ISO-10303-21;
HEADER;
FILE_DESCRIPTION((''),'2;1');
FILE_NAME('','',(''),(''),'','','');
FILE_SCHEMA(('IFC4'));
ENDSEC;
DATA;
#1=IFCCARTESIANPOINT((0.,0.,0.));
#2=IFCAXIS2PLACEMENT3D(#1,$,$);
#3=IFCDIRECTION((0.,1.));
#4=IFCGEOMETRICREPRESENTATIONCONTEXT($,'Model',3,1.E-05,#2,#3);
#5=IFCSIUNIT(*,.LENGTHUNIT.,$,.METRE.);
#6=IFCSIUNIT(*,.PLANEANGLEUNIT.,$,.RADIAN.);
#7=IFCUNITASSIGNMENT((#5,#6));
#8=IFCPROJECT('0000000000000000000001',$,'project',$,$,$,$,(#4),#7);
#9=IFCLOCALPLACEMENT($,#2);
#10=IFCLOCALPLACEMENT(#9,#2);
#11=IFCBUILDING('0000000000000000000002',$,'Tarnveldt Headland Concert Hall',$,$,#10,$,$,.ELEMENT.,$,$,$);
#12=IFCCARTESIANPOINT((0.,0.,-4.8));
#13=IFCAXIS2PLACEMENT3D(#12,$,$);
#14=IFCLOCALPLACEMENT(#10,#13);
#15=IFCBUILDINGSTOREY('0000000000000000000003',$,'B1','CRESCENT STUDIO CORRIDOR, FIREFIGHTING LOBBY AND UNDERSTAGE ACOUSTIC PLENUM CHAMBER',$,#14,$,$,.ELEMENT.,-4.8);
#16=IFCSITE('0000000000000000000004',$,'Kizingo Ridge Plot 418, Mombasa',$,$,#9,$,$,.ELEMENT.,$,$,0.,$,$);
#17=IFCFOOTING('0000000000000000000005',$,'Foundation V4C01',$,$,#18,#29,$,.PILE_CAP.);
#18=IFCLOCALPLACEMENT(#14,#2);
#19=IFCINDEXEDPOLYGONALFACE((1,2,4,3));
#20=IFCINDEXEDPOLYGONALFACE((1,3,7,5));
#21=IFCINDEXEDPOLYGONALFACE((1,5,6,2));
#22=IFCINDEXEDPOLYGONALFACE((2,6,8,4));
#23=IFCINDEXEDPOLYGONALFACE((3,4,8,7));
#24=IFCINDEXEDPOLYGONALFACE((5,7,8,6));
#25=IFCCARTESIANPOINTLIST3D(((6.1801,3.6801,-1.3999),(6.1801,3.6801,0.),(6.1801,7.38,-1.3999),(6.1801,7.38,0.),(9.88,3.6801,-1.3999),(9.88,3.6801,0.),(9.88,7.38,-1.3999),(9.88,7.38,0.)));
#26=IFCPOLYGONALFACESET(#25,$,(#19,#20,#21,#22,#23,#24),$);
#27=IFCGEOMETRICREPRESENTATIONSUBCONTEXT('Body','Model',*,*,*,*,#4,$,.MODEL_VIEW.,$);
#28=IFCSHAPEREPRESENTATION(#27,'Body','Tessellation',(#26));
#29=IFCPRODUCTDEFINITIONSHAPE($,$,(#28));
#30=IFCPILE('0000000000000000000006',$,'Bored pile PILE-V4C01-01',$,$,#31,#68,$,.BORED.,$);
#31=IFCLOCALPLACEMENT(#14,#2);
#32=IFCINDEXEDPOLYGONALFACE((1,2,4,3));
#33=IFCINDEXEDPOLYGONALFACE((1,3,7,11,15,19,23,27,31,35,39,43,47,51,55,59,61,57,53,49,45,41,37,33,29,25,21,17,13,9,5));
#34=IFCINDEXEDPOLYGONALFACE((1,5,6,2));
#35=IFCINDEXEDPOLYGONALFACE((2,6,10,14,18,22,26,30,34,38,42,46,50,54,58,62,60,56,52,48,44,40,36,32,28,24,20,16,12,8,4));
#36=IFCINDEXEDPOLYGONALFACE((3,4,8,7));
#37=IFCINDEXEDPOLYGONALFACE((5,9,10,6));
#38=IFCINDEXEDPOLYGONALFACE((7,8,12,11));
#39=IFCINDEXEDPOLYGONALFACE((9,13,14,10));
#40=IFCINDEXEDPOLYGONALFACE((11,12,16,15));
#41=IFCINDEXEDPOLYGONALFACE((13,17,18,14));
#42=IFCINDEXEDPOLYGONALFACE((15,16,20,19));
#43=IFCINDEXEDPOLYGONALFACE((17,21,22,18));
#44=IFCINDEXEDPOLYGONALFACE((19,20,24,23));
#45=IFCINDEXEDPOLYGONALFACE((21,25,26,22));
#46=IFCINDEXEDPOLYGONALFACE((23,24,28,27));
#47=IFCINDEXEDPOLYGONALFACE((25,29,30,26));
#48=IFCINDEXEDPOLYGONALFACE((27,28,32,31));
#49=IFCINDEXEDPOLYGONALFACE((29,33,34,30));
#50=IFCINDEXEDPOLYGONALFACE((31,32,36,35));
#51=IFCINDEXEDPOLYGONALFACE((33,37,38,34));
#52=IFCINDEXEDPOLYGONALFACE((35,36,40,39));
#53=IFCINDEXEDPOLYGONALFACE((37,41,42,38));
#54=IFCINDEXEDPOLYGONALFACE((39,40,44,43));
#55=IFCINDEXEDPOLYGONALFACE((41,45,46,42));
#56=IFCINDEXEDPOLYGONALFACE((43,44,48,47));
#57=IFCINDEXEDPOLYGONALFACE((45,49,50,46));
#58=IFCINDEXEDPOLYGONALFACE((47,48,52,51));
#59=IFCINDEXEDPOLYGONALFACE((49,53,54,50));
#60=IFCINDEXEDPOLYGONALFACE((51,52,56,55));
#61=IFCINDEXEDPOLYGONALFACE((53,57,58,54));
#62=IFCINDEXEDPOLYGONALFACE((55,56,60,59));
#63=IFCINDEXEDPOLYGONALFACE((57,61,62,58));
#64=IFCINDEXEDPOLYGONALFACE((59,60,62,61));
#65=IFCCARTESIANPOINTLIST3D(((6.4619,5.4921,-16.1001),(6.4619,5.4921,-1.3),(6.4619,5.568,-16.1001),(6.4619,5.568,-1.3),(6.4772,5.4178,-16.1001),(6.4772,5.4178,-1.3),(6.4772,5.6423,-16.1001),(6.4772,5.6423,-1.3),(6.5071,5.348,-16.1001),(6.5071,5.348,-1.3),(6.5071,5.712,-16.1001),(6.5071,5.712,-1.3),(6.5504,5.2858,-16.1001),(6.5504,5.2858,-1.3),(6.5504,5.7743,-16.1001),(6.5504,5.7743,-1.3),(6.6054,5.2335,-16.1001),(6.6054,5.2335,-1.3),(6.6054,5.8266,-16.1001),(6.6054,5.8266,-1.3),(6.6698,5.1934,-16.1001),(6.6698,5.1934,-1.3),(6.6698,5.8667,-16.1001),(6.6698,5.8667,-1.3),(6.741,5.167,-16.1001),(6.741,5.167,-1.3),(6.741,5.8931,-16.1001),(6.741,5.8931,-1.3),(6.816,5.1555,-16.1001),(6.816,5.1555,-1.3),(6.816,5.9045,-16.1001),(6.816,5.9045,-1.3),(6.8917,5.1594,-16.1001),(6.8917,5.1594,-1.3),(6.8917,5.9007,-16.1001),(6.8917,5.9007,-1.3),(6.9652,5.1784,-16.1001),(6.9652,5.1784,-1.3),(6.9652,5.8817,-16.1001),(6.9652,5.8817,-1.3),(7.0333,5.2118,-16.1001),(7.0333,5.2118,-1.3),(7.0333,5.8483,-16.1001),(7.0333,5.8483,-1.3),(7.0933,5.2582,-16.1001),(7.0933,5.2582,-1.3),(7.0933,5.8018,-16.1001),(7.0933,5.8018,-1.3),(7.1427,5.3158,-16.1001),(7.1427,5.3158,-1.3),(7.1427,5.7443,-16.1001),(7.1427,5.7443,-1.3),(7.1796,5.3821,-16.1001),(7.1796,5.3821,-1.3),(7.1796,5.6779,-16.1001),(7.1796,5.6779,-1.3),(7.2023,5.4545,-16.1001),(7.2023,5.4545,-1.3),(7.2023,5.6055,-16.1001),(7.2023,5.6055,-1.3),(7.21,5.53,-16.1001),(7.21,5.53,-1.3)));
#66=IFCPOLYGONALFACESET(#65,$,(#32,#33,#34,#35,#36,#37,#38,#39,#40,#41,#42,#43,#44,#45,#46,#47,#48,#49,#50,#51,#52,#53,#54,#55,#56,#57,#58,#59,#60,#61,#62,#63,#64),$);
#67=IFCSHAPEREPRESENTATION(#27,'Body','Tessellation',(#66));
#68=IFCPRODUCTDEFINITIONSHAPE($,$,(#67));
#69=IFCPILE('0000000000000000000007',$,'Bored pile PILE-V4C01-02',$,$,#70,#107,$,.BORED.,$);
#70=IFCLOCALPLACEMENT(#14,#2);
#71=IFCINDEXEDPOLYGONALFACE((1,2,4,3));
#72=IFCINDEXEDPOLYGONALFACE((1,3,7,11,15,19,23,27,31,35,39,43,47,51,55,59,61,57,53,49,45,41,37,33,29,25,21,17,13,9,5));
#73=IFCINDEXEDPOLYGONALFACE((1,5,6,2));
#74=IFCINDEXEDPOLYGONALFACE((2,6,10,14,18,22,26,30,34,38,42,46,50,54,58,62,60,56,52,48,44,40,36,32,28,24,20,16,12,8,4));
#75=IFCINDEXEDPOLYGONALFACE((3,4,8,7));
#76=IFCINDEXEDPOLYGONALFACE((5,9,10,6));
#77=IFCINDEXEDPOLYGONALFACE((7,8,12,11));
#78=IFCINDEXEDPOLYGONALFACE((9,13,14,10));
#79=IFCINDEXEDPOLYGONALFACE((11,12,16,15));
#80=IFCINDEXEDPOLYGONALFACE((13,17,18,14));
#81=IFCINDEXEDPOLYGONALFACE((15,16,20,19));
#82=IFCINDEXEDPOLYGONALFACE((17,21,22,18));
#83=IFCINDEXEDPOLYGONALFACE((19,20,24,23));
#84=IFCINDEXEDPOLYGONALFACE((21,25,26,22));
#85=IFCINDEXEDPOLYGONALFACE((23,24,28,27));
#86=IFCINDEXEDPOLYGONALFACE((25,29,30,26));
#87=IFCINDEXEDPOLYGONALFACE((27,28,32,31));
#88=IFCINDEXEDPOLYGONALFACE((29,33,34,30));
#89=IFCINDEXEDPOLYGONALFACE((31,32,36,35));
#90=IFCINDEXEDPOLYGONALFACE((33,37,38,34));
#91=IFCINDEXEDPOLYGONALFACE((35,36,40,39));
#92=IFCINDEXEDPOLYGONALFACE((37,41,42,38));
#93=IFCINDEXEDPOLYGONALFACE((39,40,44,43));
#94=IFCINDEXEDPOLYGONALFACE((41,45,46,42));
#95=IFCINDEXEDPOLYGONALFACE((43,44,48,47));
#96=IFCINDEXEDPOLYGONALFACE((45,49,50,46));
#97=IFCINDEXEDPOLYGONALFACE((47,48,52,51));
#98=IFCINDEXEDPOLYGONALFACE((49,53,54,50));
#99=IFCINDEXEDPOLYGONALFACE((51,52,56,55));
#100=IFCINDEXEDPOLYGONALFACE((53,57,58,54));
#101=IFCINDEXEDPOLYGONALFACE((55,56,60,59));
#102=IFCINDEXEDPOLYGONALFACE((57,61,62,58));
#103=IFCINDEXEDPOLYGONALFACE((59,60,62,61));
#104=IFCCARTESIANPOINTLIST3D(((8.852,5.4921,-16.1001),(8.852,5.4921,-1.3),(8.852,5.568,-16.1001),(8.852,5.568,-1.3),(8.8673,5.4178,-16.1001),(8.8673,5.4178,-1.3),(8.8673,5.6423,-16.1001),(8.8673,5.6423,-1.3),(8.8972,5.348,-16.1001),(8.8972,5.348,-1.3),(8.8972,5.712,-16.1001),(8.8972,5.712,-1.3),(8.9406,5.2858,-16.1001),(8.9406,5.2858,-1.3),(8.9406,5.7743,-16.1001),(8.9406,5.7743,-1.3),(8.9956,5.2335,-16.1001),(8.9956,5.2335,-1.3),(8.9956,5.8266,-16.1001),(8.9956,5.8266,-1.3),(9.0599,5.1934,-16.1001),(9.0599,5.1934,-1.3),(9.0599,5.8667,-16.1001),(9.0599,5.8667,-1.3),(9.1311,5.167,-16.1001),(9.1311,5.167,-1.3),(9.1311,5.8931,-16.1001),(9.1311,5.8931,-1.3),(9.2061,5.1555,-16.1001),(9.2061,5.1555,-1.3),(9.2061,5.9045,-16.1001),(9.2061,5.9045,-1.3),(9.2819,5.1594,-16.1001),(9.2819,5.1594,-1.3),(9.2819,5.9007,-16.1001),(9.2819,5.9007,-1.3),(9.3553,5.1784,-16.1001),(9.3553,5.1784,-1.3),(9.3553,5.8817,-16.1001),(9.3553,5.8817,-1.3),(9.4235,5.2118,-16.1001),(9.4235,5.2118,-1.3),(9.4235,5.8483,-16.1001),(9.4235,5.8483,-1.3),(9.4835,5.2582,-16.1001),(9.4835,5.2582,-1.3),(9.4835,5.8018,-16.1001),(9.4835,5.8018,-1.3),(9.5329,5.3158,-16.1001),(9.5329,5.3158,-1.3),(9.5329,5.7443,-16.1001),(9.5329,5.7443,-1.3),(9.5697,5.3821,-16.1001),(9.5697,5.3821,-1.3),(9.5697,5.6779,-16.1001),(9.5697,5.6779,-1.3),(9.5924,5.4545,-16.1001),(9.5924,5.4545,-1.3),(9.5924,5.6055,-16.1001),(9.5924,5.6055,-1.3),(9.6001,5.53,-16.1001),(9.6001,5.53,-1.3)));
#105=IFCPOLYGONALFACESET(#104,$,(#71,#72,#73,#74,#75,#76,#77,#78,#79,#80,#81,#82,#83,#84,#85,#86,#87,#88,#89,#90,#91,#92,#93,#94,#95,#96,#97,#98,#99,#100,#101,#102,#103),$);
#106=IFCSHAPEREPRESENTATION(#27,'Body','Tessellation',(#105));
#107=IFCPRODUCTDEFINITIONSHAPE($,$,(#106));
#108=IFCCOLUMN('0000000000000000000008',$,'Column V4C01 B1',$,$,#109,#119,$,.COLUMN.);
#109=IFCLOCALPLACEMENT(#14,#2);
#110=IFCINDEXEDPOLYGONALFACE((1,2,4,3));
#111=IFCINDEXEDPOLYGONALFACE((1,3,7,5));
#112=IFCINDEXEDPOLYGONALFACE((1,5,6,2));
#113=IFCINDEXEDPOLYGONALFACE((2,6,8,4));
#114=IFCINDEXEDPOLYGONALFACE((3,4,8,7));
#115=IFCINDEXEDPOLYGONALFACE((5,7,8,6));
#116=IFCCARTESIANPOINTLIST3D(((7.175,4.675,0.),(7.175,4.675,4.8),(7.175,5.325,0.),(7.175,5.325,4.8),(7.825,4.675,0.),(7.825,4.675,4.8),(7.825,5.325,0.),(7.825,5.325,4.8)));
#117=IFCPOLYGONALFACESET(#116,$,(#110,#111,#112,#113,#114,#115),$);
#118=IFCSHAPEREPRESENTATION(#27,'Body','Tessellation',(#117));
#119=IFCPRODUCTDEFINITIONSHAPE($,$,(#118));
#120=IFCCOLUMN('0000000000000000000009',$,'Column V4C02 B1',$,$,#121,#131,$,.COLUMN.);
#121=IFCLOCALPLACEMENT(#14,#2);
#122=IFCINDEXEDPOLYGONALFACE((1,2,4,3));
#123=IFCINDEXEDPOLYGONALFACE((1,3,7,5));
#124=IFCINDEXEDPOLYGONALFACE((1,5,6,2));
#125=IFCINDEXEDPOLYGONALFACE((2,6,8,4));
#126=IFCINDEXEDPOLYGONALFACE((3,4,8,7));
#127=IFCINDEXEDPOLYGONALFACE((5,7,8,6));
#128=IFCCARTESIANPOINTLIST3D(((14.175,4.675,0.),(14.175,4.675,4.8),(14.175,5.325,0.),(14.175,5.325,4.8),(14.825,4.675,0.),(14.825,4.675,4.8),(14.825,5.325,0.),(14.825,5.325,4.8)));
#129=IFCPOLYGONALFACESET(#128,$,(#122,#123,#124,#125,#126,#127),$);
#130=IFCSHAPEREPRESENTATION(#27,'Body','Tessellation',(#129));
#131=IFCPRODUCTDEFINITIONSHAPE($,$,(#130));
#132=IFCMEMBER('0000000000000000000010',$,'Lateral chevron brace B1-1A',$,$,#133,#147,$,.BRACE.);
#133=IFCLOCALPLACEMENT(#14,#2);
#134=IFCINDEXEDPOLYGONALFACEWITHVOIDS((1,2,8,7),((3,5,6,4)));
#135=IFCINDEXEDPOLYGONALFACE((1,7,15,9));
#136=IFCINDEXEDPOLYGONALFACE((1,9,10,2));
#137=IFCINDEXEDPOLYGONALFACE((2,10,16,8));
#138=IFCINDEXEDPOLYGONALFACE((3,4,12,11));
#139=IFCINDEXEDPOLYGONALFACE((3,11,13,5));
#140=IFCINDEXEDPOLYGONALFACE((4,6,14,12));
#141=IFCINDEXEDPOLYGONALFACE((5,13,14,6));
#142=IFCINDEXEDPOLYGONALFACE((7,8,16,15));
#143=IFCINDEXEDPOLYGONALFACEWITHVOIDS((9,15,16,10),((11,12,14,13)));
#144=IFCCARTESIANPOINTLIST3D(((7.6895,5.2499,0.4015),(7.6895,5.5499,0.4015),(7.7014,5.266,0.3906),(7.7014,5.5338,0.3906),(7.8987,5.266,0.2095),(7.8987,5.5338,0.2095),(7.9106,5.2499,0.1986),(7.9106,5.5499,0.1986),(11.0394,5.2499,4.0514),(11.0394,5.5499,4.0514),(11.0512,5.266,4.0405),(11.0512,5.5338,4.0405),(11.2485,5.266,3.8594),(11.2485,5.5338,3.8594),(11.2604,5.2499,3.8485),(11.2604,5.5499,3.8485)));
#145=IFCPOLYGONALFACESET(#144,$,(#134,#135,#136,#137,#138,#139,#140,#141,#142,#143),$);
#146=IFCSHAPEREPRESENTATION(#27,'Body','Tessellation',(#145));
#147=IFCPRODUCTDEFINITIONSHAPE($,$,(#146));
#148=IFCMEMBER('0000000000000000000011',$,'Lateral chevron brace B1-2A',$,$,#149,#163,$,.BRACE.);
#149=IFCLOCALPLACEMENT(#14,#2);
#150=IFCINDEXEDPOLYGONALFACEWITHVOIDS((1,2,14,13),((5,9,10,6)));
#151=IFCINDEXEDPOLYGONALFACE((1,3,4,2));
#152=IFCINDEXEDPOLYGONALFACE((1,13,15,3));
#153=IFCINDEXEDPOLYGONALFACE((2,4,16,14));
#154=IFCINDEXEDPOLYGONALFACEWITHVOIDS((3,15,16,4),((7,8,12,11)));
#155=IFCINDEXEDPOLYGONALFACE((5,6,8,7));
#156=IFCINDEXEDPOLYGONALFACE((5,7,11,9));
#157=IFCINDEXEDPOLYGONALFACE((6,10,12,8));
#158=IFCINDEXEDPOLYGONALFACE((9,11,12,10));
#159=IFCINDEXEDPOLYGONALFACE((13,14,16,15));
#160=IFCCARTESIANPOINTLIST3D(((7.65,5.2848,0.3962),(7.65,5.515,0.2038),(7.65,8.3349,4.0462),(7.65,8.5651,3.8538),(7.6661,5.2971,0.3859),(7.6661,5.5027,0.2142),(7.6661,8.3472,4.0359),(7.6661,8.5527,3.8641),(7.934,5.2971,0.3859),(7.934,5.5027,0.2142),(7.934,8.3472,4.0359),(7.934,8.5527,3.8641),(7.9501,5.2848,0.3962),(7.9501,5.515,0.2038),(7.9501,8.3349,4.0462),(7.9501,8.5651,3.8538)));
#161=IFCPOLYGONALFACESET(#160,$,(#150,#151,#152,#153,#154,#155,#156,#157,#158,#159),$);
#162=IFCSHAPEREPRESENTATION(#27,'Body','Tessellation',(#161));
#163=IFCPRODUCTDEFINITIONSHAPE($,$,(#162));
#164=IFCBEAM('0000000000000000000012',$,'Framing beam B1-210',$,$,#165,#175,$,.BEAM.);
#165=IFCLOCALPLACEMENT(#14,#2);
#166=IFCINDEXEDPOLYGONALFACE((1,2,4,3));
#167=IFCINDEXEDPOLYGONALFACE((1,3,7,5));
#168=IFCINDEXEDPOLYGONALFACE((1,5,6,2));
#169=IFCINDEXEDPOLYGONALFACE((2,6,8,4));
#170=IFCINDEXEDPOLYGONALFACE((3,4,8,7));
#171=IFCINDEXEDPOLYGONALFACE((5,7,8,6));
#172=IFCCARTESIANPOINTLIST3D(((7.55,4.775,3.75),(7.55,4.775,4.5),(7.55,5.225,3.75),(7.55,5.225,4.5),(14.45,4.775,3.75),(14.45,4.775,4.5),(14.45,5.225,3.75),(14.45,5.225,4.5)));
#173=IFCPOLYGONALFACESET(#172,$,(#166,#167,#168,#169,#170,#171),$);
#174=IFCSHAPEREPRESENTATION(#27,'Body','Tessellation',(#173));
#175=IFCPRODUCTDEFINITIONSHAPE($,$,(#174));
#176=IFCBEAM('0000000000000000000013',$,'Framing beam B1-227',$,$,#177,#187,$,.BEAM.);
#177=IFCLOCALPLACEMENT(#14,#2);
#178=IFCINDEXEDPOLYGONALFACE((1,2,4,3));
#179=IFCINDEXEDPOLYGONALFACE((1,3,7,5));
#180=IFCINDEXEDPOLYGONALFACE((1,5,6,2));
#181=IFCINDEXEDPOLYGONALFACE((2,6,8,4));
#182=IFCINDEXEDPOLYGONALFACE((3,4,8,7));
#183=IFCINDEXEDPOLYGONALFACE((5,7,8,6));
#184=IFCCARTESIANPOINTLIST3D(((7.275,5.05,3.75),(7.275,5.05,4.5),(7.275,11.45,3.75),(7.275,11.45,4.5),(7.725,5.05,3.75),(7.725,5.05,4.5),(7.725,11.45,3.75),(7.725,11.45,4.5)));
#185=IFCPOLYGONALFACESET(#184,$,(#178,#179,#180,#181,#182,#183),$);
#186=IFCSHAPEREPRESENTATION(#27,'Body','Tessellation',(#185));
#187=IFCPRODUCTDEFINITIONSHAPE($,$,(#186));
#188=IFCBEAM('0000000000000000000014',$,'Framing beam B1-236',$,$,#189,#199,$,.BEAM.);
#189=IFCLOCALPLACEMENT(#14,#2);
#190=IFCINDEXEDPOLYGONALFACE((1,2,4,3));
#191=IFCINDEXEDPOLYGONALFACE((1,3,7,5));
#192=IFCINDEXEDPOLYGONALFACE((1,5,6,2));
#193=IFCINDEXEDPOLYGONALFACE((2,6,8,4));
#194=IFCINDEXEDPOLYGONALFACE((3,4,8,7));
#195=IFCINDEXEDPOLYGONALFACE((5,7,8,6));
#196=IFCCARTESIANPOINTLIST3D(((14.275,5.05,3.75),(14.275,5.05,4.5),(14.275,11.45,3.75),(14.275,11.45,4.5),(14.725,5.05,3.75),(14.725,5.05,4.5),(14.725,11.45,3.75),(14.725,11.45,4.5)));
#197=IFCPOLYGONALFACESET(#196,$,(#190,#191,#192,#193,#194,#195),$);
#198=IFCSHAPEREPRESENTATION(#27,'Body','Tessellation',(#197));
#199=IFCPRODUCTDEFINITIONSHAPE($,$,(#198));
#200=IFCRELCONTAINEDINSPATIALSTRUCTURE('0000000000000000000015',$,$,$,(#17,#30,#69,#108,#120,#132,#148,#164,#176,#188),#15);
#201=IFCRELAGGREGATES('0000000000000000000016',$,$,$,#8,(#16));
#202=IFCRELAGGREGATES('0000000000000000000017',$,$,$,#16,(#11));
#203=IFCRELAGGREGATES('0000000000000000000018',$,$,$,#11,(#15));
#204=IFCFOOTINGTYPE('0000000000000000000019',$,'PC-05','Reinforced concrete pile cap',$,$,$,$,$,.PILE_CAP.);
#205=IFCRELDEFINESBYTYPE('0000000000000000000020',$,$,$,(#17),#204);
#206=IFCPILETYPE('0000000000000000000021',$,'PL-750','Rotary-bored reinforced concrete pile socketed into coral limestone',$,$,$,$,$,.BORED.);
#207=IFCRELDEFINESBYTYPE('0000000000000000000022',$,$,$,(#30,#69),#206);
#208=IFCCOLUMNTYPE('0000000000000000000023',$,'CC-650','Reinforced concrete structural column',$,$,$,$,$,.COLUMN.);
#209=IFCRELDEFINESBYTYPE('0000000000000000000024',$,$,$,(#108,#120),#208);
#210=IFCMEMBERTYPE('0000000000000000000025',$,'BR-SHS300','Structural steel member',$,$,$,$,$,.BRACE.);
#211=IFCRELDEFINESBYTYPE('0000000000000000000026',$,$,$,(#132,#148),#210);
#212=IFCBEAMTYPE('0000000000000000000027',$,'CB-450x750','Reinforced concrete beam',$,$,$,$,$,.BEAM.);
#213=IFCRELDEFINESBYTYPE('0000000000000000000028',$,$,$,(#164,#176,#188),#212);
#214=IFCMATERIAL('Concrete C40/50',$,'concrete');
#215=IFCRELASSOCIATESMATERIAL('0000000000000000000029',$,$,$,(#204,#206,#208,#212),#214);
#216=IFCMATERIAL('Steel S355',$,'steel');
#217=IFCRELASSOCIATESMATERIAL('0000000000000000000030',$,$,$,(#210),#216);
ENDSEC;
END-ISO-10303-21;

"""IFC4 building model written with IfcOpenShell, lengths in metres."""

from ifc_helpers import new_model, si_unit, direction, frame, origin, origin_2d, place, context, subcontext, project, spatial, rectangle, hollow_rectangle, circle, extrude, material, material_profile, profile_set, type_object, element, save


model = new_model("IFC4")

# Units and contexts
model_context = context("Model", 3, precision=1e-05, world=origin(), true_north=direction((0.0, 1.0)))
body_context = subcontext(model_context, "Body", "Model", "MODEL_VIEW")
ifc_project = project(units=[si_unit("LENGTHUNIT", "METRE"), si_unit("PLANEANGLEUNIT", "RADIAN")], contexts=[model_context])

# Site, building, storey
site_placement = place(None, origin())
site = spatial("IfcSite", under=ifc_project, at=site_placement, Name="Kizingo Ridge Plot 418, Mombasa", CompositionType="ELEMENT", RefElevation=0.0)
building_placement = place(site_placement, origin())
building = spatial("IfcBuilding", under=site, at=building_placement, Name="Tarnveldt Headland Concert Hall", CompositionType="ELEMENT")
storey_placement = place(building_placement, frame((0.0, 0.0, -4.8)))
storey = spatial("IfcBuildingStorey", under=building, at=storey_placement, Name="B1", Description="CRESCENT STUDIO CORRIDOR, FIREFIGHTING LOBBY AND UNDERSTAGE ACOUSTIC PLENUM CHAMBER", CompositionType="ELEMENT", Elevation=-4.8)

# Footing
ifc_material_1 = material(Name="Concrete C40/50", Category="concrete")
footing_type = type_object("IfcFootingType", Name="PC-05", Description="Reinforced concrete pile cap", PredefinedType="PILE_CAP", material=ifc_material_1)
footing_placement = place(storey_placement, frame((8.03, 5.53, -1.3999), z_axis=(0.0, 0.0, 1.0), x_axis=(1.0, 0.0, 0.0)))
element("IfcFooting", 1, at=footing_placement, inside=storey, type_object=footing_type, Name="Foundation V4C01", PredefinedType="PILE_CAP", context=body_context, shape_type="SweptSolid", body=[
    extrude(rectangle(XDim=3.7, YDim=3.7, at=origin_2d()), origin(), (0.0, 0.0, 1.0), 1.3999),
])

# Piles
ifc_material_profile_1 = material_profile(ifc_material_1, circle(Radius=0.375, at=origin_2d()), Name="BORED PILE D750", Category="concrete")
ifc_profile_set_1 = profile_set([ifc_material_profile_1], Name="Concrete C40/50")
pile_type = type_object("IfcPileType", Name="PL-750", Description="Rotary-bored reinforced concrete pile socketed into coral limestone", PredefinedType="BORED", material=ifc_profile_set_1)
for number, where, z_axis, x_axis, name in (
    (2, (6.835, 5.53, -1.3), (0.0, 0.0, -1.0), (1.0, 0.0, 0.0), "Bored pile PILE-V4C01-01"),
    (3, (9.2251, 5.53, -1.3), (0.0, 0.0, -1.0), (1.0, 0.0, 0.0), "Bored pile PILE-V4C01-02"),
):
    element("IfcPile", number, at=place(storey_placement, frame(where, z_axis=z_axis, x_axis=x_axis)), inside=storey, type_object=pile_type, Name=name, PredefinedType="BORED", context=body_context, shape_type="SweptSolid", body=[
        extrude(circle(Radius=0.375, at=origin_2d()), origin(), (0.0, 0.0, 1.0), 14.8),
    ])

# Columns
ifc_material_profile_2 = material_profile(ifc_material_1, rectangle(XDim=0.6499, YDim=0.6499, at=origin_2d()), Name="RC 650x650", Category="concrete")
ifc_profile_set_2 = profile_set([ifc_material_profile_2], Name="Concrete C40/50")
column_type = type_object("IfcColumnType", Name="CC-650", Description="Reinforced concrete structural column", PredefinedType="COLUMN", material=ifc_profile_set_2)
for number, where, z_axis, x_axis, name in (
    (4, (7.5, 5.0, 0.0), (0.0, 0.0, 1.0), (1.0, 0.0, 0.0), "Column V4C01 B1"),
    (5, (14.5, 5.0, 0.0), (0.0, 0.0, 1.0), (1.0, 0.0, 0.0), "Column V4C02 B1"),
):
    element("IfcColumn", number, at=place(storey_placement, frame(where, z_axis=z_axis, x_axis=x_axis)), inside=storey, type_object=column_type, Name=name, PredefinedType="COLUMN", context=body_context, shape_type="SweptSolid", body=[
        extrude(rectangle(XDim=0.6499, YDim=0.6499, at=origin_2d()), origin(), (0.0, 0.0, 1.0), 4.8),
    ])

# Members
ifc_material_2 = material(Name="Steel S355", Category="steel")
ifc_material_profile_3 = material_profile(ifc_material_2, hollow_rectangle(XDim=0.3, YDim=0.3, WallThickness=0.0161, at=origin_2d()), Name="SHS 300x300x16", Category="steel")
ifc_profile_set_3 = profile_set([ifc_material_profile_3], Name="Steel S355")
member_type = type_object("IfcMemberType", Name="BR-SHS300", Description="Structural steel member", PredefinedType="BRACE", material=ifc_profile_set_3)
member_1_placement = place(storey_placement, frame((7.8, 5.3999, 0.3), z_axis=(0.676175, 0.0, 0.736741), x_axis=(0.0, 1.0, 0.0)))
element("IfcMember", 6, at=member_1_placement, inside=storey, type_object=member_type, Name="Lateral chevron brace B1-1A", PredefinedType="BRACE", context=body_context, shape_type="SweptSolid", body=[
    extrude(hollow_rectangle(XDim=0.3, YDim=0.3, WallThickness=0.0161, at=origin_2d()), origin(), (0.0, 0.0, 1.0), 4.9541),
])
member_2_placement = place(storey_placement, frame((7.8, 5.3999, 0.3), z_axis=(0.0, 0.641234, 0.767345), x_axis=(-1.0, 0.0, 0.0)))
element("IfcMember", 7, at=member_2_placement, inside=storey, type_object=member_type, Name="Lateral chevron brace B1-2A", PredefinedType="BRACE", context=body_context, shape_type="SweptSolid", body=[
    extrude(hollow_rectangle(XDim=0.3, YDim=0.3, WallThickness=0.0161, at=origin_2d()), origin(), (0.0, 0.0, 1.0), 4.7566),
])

# Beams
ifc_material_profile_4 = material_profile(ifc_material_1, rectangle(XDim=0.45, YDim=0.75, at=origin_2d()), Name="RC 450x750", Category="concrete")
ifc_profile_set_4 = profile_set([ifc_material_profile_4], Name="Concrete C40/50")
beam_type_1 = type_object("IfcBeamType", Name="CB-450x750", Description="Reinforced concrete beam", PredefinedType="BEAM", material=ifc_profile_set_4)
beam_placement = place(storey_placement, frame((7.55, 5.0, 4.125), z_axis=(1.0, 0.0, 0.0), x_axis=(0.0, 1.0, 0.0)))
element("IfcBeam", 8, at=beam_placement, inside=storey, type_object=beam_type_1, Name="Framing beam B1-210", PredefinedType="BEAM", context=body_context, shape_type="SweptSolid", body=[
    extrude(rectangle(XDim=0.45, YDim=0.75, at=origin_2d()), origin(), (0.0, 0.0, 1.0), 6.8999),
])
for number, where, z_axis, x_axis, name in (
    (9, (7.5, 5.05, 4.125), (0.0, 1.0, 0.0), (-1.0, 0.0, 0.0), "Framing beam B1-227"),
    (10, (14.5, 5.05, 4.125), (0.0, 1.0, 0.0), (-1.0, 0.0, 0.0), "Framing beam B1-236"),
):
    element("IfcBeam", number, at=place(storey_placement, frame(where, z_axis=z_axis, x_axis=x_axis)), inside=storey, type_object=beam_type_1, Name=name, PredefinedType="BEAM", context=body_context, shape_type="SweptSolid", body=[
        extrude(rectangle(XDim=0.45, YDim=0.75, at=origin_2d()), origin(), (0.0, 0.0, 1.0), 6.3999),
    ])

save(model, "model.ifc")
